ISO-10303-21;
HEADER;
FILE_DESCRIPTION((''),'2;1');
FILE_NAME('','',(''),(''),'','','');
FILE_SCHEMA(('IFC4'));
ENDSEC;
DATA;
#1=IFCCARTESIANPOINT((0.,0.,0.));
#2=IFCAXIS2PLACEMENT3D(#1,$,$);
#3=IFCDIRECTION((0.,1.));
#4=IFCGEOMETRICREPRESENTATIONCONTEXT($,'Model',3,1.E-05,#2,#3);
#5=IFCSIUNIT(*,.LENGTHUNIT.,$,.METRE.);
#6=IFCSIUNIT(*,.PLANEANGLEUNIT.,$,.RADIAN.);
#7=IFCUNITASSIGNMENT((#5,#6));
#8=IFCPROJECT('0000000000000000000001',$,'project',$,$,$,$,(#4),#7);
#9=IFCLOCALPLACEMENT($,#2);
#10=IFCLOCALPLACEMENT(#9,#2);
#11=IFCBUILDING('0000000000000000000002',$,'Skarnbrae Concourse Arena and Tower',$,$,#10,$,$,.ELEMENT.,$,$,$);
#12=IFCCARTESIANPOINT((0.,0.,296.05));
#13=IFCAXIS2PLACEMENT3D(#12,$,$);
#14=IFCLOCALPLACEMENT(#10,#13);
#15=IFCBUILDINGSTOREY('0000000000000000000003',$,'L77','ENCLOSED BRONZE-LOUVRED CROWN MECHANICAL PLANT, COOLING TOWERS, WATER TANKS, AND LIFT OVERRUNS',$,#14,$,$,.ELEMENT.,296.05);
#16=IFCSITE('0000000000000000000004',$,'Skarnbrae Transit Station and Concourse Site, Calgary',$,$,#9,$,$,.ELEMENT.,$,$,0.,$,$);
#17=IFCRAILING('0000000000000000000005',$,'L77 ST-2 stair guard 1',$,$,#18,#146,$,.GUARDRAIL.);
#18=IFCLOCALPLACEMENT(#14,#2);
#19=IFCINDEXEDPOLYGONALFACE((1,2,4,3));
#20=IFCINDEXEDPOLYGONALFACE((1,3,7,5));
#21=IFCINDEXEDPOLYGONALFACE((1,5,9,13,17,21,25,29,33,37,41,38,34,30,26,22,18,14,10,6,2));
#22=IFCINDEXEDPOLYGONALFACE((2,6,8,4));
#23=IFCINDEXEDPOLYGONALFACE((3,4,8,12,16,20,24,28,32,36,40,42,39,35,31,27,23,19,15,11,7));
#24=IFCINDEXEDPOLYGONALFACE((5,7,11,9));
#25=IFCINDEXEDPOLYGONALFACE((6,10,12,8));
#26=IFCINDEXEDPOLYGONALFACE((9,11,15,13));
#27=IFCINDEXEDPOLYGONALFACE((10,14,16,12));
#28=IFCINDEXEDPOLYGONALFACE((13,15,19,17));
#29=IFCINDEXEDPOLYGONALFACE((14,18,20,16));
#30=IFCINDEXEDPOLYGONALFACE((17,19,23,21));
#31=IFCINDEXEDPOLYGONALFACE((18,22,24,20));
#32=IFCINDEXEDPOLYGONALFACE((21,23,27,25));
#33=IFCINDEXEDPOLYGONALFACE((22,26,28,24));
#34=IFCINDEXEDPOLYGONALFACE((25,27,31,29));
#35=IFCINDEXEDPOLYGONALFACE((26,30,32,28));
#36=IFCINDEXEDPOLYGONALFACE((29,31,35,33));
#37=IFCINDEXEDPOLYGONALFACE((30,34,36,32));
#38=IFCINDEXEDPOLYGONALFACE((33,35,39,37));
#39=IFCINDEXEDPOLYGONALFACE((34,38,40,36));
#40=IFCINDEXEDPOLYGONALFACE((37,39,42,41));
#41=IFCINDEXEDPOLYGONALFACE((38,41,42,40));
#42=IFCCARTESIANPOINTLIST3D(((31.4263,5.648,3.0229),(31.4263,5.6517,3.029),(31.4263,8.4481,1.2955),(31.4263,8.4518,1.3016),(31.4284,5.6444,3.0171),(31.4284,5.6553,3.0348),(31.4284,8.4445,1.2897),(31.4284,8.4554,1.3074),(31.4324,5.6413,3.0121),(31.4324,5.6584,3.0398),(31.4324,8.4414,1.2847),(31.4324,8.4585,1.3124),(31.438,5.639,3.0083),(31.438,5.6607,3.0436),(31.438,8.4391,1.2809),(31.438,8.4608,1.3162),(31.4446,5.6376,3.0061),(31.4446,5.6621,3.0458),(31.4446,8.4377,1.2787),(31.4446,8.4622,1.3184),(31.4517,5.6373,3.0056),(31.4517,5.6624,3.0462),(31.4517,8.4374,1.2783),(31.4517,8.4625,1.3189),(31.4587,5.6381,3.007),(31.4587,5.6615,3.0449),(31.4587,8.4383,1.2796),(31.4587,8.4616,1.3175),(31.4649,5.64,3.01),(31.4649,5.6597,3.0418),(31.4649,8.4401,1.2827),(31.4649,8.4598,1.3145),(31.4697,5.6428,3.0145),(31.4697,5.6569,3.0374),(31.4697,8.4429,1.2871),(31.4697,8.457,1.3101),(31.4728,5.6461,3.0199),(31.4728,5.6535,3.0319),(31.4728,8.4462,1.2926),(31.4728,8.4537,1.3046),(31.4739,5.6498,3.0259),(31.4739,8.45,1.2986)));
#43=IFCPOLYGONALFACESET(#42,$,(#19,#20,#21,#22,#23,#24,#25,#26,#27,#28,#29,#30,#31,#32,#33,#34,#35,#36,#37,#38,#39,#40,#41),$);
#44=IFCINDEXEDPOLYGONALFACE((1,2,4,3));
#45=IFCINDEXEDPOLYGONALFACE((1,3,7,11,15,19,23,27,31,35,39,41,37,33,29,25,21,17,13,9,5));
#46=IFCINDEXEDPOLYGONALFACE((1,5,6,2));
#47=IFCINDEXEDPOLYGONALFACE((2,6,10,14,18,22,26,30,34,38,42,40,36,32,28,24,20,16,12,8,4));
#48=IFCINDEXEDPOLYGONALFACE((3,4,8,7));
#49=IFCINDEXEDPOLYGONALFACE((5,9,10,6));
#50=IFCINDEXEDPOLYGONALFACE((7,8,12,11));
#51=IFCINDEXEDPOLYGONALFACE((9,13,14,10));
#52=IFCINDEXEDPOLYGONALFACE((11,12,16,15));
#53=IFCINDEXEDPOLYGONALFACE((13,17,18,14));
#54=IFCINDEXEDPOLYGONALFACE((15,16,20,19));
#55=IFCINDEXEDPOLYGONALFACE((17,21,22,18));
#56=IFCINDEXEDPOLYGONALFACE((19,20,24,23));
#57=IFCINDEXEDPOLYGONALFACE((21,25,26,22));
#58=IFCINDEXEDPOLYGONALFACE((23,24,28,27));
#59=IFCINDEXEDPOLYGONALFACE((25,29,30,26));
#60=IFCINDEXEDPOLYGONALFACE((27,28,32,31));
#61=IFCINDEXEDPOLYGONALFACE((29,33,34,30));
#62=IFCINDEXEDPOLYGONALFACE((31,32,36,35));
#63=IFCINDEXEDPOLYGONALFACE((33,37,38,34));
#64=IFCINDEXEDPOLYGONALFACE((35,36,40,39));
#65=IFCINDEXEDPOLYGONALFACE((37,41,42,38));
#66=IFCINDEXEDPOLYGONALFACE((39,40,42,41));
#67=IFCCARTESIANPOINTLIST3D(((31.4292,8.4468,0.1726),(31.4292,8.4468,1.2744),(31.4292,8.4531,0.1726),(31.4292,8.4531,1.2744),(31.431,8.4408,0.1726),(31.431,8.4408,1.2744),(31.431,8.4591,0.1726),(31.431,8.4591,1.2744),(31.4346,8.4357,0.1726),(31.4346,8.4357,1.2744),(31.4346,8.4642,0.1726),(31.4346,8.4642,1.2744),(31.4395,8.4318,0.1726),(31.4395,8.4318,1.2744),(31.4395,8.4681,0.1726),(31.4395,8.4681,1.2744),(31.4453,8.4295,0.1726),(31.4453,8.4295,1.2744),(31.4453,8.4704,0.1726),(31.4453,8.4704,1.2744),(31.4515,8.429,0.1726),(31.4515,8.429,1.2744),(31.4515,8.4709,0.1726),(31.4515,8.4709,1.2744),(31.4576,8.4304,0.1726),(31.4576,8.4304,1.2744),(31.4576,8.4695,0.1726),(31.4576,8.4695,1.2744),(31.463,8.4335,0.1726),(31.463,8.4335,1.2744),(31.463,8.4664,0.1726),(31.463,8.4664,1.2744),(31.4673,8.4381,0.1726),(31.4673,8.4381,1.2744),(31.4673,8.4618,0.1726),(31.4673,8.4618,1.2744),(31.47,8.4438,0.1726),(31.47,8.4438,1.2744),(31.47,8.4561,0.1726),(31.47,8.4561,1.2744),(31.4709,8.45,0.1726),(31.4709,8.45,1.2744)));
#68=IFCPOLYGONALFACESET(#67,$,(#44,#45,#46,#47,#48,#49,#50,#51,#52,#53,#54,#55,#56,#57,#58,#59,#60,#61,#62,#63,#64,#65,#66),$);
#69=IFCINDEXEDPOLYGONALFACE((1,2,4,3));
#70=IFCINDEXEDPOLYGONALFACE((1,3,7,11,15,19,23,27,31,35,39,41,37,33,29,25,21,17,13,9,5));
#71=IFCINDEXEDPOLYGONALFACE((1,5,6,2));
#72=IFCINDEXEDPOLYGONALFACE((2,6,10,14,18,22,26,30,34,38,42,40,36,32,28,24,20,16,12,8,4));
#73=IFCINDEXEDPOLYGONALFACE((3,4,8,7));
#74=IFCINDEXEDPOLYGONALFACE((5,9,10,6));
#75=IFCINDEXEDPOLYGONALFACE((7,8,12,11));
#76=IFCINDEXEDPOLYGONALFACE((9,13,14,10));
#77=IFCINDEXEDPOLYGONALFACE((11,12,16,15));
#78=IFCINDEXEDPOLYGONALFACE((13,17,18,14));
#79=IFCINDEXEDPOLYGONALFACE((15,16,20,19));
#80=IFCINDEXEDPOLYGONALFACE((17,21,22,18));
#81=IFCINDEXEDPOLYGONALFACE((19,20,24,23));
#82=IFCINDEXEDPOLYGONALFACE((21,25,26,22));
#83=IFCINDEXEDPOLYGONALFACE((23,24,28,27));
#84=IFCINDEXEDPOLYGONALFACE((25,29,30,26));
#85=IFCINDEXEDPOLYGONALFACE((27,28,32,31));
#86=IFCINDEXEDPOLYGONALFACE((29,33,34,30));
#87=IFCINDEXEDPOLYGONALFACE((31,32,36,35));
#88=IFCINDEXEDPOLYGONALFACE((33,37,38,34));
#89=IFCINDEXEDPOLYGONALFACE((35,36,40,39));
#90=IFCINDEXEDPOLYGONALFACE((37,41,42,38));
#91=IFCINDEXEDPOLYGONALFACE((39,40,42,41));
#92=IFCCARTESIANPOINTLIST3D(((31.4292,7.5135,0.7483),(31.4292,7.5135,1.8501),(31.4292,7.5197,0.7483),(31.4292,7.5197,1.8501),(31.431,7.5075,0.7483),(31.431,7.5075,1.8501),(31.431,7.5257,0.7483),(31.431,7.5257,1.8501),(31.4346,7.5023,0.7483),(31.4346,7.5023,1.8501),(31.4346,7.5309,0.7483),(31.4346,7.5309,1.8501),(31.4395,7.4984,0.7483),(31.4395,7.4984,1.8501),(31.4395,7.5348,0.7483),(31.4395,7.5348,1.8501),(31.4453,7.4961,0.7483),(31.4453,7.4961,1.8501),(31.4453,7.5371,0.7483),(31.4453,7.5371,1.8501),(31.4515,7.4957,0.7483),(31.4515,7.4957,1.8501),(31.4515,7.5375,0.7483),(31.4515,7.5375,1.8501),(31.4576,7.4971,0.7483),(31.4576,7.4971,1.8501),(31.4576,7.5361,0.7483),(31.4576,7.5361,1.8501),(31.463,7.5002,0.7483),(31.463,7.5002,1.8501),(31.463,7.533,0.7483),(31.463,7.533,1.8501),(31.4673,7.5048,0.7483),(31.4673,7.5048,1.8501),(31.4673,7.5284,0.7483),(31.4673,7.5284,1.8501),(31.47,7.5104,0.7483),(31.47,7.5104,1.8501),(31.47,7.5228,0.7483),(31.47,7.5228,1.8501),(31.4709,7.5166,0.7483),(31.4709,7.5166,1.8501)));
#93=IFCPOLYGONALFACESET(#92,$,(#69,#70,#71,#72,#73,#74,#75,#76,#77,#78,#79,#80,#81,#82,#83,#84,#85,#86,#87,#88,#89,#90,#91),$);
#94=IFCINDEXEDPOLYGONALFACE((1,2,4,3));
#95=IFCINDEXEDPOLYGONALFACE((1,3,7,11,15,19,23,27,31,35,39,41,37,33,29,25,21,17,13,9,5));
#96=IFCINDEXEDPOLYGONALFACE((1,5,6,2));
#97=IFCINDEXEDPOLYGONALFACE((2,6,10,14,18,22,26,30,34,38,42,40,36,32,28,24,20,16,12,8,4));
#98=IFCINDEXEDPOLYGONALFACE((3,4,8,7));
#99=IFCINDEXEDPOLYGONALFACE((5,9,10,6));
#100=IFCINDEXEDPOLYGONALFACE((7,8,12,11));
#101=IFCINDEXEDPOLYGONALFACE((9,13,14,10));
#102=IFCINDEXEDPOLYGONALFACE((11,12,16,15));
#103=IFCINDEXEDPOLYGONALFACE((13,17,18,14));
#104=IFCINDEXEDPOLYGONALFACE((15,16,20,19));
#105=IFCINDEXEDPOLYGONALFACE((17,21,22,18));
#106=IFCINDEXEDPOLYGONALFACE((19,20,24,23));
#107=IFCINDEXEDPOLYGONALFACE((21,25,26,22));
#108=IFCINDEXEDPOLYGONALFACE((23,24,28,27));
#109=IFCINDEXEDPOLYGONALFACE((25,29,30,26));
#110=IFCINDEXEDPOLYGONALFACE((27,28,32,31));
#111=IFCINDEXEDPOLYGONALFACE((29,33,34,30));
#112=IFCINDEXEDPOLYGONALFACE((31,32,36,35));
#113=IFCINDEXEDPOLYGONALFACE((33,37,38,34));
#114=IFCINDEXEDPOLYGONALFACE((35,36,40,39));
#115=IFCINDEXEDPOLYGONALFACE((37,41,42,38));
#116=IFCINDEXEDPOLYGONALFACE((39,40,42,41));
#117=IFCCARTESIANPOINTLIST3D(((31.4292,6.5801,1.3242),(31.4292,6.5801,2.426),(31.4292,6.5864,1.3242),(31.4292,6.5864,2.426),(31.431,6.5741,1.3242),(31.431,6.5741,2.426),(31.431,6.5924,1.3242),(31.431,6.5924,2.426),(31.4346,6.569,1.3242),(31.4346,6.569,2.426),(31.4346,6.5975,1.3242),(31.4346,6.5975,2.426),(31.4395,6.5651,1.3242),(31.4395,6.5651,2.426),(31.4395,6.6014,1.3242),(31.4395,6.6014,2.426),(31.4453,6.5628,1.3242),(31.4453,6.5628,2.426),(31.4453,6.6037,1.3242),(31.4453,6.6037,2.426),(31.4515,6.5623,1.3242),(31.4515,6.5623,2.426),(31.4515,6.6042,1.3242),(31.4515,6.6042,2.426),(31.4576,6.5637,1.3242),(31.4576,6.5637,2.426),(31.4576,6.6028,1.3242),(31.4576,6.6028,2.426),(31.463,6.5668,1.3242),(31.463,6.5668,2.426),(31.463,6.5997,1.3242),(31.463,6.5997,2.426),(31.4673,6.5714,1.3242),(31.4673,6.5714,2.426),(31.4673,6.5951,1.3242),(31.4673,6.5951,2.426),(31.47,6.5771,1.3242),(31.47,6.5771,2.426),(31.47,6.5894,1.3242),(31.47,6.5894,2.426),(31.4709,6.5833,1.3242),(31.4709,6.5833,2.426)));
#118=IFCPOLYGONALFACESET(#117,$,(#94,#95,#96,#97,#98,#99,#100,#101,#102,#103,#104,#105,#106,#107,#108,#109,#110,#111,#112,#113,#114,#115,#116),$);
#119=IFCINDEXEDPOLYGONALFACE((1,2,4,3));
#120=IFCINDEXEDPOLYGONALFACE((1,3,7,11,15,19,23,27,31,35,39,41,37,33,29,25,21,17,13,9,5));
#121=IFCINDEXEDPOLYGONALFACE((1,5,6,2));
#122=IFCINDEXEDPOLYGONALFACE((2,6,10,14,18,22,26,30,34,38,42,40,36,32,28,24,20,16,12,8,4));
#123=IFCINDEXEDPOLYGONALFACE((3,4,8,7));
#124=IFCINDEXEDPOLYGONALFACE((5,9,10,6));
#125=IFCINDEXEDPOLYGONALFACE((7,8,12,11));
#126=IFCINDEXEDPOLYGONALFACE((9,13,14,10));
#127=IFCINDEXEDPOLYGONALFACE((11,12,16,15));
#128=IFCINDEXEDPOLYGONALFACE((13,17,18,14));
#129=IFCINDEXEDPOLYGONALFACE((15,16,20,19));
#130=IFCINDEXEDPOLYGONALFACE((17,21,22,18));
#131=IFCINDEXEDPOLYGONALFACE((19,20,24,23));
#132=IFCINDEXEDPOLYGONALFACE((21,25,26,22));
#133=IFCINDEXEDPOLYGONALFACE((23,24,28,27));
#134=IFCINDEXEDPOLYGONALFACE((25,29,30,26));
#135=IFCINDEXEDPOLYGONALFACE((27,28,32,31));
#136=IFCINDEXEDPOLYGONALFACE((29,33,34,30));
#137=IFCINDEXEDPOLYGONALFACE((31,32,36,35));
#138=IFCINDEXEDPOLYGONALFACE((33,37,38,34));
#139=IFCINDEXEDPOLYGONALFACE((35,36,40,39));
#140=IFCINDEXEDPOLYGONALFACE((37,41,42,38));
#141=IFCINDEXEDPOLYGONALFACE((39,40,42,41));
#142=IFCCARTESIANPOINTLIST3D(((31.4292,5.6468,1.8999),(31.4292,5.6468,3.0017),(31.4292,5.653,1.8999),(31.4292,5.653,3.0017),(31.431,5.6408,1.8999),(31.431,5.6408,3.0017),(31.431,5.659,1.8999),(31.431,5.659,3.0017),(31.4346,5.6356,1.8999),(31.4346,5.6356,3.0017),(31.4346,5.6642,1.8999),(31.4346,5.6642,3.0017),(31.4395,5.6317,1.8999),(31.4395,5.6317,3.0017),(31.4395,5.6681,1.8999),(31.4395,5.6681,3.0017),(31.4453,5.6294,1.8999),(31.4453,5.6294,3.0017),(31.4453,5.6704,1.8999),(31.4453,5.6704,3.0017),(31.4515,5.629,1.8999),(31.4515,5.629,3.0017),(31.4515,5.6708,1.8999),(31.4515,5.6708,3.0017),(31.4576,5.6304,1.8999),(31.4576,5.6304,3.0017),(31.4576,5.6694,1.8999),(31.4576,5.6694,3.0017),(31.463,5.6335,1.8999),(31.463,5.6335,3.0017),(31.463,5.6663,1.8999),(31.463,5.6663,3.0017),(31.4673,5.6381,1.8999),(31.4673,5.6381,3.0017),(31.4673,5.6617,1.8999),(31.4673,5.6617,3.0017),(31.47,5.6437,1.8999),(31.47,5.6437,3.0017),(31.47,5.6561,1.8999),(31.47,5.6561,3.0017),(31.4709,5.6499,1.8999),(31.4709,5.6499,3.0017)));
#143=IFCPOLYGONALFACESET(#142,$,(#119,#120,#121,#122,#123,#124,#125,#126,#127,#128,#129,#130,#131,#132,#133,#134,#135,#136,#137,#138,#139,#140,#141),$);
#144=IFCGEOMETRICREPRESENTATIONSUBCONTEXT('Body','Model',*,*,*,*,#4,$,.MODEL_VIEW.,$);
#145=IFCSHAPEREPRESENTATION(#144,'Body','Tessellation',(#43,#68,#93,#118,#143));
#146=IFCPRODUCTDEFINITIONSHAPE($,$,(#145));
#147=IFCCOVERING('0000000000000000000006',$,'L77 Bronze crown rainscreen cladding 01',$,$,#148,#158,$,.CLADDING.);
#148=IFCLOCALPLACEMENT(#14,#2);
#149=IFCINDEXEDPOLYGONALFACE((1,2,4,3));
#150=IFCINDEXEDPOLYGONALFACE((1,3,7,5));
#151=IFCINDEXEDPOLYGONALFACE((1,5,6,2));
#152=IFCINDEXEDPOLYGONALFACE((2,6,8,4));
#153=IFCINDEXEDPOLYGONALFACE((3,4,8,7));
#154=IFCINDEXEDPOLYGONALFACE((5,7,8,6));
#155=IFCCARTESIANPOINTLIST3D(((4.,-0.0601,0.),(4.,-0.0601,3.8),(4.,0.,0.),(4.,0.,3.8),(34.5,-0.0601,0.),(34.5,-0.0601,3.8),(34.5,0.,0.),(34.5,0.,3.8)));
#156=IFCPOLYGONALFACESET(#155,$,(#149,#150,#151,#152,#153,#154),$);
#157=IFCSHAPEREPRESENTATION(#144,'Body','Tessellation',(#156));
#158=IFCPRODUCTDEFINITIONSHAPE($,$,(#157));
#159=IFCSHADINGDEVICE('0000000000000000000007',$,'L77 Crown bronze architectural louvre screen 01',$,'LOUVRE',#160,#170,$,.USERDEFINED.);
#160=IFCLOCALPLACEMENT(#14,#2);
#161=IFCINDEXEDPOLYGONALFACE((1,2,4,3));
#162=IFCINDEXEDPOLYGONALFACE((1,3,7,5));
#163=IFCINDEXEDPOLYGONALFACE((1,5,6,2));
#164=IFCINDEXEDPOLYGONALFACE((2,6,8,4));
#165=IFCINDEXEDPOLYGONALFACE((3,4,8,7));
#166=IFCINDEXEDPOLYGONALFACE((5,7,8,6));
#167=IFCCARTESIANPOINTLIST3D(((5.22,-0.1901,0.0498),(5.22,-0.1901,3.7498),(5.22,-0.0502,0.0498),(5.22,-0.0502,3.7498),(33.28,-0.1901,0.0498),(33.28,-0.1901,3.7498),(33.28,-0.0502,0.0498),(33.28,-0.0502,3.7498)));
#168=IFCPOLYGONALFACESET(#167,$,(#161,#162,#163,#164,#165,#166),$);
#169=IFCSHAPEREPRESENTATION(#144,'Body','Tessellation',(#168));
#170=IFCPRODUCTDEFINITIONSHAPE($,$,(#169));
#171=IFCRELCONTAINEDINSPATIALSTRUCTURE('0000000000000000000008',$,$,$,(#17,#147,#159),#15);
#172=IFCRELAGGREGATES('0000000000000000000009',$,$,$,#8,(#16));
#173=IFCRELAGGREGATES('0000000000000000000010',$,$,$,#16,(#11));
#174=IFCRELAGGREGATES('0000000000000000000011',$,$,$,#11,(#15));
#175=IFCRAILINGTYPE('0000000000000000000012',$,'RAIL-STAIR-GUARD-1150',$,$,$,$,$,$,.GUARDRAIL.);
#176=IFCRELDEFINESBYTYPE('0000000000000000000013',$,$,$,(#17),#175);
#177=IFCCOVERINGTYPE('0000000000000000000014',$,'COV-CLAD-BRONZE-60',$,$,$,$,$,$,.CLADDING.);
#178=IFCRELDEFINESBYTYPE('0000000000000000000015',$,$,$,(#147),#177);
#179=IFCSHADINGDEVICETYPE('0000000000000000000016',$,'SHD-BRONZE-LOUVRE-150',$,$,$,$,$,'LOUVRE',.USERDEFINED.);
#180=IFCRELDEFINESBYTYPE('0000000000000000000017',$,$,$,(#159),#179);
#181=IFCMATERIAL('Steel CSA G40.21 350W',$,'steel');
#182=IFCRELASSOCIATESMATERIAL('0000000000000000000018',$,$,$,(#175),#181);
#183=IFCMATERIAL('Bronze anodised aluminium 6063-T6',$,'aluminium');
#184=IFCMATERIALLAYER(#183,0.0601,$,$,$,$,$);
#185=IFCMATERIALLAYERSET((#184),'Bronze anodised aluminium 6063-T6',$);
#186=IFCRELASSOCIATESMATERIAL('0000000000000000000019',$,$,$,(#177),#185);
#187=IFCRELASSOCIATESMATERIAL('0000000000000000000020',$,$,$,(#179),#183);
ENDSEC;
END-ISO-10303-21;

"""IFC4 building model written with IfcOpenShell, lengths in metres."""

from ifc_helpers import new_model, si_unit, direction, frame, origin, origin_2d, place, context, subcontext, project, spatial, rectangle, circle, extrude, source, transform, mapped, material, layer, layer_set, type_object, element, save


model = new_model("IFC4")

# Units and contexts
model_context = context("Model", 3, precision=1e-05, world=origin(), true_north=direction((0.0, 1.0)))
body_context = subcontext(model_context, "Body", "Model", "MODEL_VIEW")
ifc_project = project(units=[si_unit("LENGTHUNIT", "METRE"), si_unit("PLANEANGLEUNIT", "RADIAN")], contexts=[model_context])

# Site, building, storey
site_placement = place(None, origin())
site = spatial("IfcSite", under=ifc_project, at=site_placement, Name="Skarnbrae Transit Station and Concourse Site, Calgary", CompositionType="ELEMENT", RefElevation=0.0)
building_placement = place(site_placement, origin())
building = spatial("IfcBuilding", under=site, at=building_placement, Name="Skarnbrae Concourse Arena and Tower", CompositionType="ELEMENT")
storey_placement = place(building_placement, frame((0.0, 0.0, 296.05)))
storey = spatial("IfcBuildingStorey", under=building, at=storey_placement, Name="L77", Description="ENCLOSED BRONZE-LOUVRED CROWN MECHANICAL PLANT, COOLING TOWERS, WATER TANKS, AND LIFT OVERRUNS", CompositionType="ELEMENT", Elevation=296.05)

# Shared definitions
ifc_material_1 = material(Name="Steel CSA G40.21 350W", Category="steel")

# Railing
railing_type_1 = type_object("IfcRailingType", Name="RAIL-STAIR-GUARD-1150", PredefinedType="GUARDRAIL", material=ifc_material_1)
railing_1_placement = place(storey_placement, frame((31.45, 8.45, 0.1726)))
element("IfcRailing", 1, at=railing_1_placement, inside=storey, type_object=railing_type_1, Name="L77 ST-2 stair guard 1", PredefinedType="GUARDRAIL", context=body_context, shape_type="SweptSolid", body=[
    extrude(circle(Radius=0.0239, at=origin_2d()), frame((0.0, 0.0, 1.126), z_axis=(0.0, -0.85109, 0.52502), x_axis=(1.0, 0.0, 0.0)), (0.0, 0.0, 1.0), 3.29),
    extrude(circle(Radius=0.021, at=origin_2d()), origin(), (0.0, 0.0, 1.0), 1.1018),
    extrude(circle(Radius=0.021, at=origin_2d()), frame((0.0, -0.9333, 0.5757)), (0.0, 0.0, 1.0), 1.1018),
    extrude(circle(Radius=0.021, at=origin_2d()), frame((0.0, -1.8667, 1.1516)), (0.0, 0.0, 1.0), 1.1018),
    extrude(circle(Radius=0.021, at=origin_2d()), frame((0.0, -2.8, 1.7273)), (0.0, 0.0, 1.0), 1.1018),
])

# Covering
ifc_material_2 = material(Name="Bronze anodised aluminium 6063-T6", Category="aluminium")
ifc_layer_1 = layer(ifc_material_2, 0.0601)
ifc_layer_set_1 = layer_set([ifc_layer_1], Name="Bronze anodised aluminium 6063-T6")
covering_type = type_object("IfcCoveringType", Name="COV-CLAD-BRONZE-60", PredefinedType="CLADDING", material=ifc_layer_set_1)
shared_shape_1 = source(origin(), body_context, "Body", "SweptSolid", [
    extrude(rectangle(XDim=30.5, YDim=0.0601, at=origin_2d()), origin(), (0.0, 0.0, 1.0), 3.8),
])
covering_placement = place(storey_placement, frame((19.25, -0.03, 0.0), z_axis=(0.0, 0.0, 1.0), x_axis=(1.0, 0.0, 0.0)))
element("IfcCovering", 2, at=covering_placement, inside=storey, type_object=covering_type, Name="L77 Bronze crown rainscreen cladding 01", PredefinedType="CLADDING", context=body_context, shape_type="MappedRepresentation", body=[
    mapped(shared_shape_1, transform((0.0, 0.0, 0.0))),
])

# Shading device
shading_device_type = type_object("IfcShadingDeviceType", Name="SHD-BRONZE-LOUVRE-150", ElementType="LOUVRE", PredefinedType="USERDEFINED", material=ifc_material_2)
shared_shape_2 = source(origin(), body_context, "Body", "SweptSolid", [
    extrude(rectangle(XDim=28.0601, YDim=0.1399, at=origin_2d()), origin(), (0.0, 0.0, 1.0), 3.7),
])
shading_device_placement = place(storey_placement, frame((19.25, -0.1201, 0.0498), z_axis=(0.0, 0.0, 1.0), x_axis=(1.0, 0.0, 0.0)))
element("IfcShadingDevice", 3, at=shading_device_placement, inside=storey, type_object=shading_device_type, Name="L77 Crown bronze architectural louvre screen 01", ObjectType="LOUVRE", PredefinedType="USERDEFINED", context=body_context, shape_type="MappedRepresentation", body=[
    mapped(shared_shape_2, transform((0.0, 0.0, 0.0))),
])

save(model, "model.ifc")
